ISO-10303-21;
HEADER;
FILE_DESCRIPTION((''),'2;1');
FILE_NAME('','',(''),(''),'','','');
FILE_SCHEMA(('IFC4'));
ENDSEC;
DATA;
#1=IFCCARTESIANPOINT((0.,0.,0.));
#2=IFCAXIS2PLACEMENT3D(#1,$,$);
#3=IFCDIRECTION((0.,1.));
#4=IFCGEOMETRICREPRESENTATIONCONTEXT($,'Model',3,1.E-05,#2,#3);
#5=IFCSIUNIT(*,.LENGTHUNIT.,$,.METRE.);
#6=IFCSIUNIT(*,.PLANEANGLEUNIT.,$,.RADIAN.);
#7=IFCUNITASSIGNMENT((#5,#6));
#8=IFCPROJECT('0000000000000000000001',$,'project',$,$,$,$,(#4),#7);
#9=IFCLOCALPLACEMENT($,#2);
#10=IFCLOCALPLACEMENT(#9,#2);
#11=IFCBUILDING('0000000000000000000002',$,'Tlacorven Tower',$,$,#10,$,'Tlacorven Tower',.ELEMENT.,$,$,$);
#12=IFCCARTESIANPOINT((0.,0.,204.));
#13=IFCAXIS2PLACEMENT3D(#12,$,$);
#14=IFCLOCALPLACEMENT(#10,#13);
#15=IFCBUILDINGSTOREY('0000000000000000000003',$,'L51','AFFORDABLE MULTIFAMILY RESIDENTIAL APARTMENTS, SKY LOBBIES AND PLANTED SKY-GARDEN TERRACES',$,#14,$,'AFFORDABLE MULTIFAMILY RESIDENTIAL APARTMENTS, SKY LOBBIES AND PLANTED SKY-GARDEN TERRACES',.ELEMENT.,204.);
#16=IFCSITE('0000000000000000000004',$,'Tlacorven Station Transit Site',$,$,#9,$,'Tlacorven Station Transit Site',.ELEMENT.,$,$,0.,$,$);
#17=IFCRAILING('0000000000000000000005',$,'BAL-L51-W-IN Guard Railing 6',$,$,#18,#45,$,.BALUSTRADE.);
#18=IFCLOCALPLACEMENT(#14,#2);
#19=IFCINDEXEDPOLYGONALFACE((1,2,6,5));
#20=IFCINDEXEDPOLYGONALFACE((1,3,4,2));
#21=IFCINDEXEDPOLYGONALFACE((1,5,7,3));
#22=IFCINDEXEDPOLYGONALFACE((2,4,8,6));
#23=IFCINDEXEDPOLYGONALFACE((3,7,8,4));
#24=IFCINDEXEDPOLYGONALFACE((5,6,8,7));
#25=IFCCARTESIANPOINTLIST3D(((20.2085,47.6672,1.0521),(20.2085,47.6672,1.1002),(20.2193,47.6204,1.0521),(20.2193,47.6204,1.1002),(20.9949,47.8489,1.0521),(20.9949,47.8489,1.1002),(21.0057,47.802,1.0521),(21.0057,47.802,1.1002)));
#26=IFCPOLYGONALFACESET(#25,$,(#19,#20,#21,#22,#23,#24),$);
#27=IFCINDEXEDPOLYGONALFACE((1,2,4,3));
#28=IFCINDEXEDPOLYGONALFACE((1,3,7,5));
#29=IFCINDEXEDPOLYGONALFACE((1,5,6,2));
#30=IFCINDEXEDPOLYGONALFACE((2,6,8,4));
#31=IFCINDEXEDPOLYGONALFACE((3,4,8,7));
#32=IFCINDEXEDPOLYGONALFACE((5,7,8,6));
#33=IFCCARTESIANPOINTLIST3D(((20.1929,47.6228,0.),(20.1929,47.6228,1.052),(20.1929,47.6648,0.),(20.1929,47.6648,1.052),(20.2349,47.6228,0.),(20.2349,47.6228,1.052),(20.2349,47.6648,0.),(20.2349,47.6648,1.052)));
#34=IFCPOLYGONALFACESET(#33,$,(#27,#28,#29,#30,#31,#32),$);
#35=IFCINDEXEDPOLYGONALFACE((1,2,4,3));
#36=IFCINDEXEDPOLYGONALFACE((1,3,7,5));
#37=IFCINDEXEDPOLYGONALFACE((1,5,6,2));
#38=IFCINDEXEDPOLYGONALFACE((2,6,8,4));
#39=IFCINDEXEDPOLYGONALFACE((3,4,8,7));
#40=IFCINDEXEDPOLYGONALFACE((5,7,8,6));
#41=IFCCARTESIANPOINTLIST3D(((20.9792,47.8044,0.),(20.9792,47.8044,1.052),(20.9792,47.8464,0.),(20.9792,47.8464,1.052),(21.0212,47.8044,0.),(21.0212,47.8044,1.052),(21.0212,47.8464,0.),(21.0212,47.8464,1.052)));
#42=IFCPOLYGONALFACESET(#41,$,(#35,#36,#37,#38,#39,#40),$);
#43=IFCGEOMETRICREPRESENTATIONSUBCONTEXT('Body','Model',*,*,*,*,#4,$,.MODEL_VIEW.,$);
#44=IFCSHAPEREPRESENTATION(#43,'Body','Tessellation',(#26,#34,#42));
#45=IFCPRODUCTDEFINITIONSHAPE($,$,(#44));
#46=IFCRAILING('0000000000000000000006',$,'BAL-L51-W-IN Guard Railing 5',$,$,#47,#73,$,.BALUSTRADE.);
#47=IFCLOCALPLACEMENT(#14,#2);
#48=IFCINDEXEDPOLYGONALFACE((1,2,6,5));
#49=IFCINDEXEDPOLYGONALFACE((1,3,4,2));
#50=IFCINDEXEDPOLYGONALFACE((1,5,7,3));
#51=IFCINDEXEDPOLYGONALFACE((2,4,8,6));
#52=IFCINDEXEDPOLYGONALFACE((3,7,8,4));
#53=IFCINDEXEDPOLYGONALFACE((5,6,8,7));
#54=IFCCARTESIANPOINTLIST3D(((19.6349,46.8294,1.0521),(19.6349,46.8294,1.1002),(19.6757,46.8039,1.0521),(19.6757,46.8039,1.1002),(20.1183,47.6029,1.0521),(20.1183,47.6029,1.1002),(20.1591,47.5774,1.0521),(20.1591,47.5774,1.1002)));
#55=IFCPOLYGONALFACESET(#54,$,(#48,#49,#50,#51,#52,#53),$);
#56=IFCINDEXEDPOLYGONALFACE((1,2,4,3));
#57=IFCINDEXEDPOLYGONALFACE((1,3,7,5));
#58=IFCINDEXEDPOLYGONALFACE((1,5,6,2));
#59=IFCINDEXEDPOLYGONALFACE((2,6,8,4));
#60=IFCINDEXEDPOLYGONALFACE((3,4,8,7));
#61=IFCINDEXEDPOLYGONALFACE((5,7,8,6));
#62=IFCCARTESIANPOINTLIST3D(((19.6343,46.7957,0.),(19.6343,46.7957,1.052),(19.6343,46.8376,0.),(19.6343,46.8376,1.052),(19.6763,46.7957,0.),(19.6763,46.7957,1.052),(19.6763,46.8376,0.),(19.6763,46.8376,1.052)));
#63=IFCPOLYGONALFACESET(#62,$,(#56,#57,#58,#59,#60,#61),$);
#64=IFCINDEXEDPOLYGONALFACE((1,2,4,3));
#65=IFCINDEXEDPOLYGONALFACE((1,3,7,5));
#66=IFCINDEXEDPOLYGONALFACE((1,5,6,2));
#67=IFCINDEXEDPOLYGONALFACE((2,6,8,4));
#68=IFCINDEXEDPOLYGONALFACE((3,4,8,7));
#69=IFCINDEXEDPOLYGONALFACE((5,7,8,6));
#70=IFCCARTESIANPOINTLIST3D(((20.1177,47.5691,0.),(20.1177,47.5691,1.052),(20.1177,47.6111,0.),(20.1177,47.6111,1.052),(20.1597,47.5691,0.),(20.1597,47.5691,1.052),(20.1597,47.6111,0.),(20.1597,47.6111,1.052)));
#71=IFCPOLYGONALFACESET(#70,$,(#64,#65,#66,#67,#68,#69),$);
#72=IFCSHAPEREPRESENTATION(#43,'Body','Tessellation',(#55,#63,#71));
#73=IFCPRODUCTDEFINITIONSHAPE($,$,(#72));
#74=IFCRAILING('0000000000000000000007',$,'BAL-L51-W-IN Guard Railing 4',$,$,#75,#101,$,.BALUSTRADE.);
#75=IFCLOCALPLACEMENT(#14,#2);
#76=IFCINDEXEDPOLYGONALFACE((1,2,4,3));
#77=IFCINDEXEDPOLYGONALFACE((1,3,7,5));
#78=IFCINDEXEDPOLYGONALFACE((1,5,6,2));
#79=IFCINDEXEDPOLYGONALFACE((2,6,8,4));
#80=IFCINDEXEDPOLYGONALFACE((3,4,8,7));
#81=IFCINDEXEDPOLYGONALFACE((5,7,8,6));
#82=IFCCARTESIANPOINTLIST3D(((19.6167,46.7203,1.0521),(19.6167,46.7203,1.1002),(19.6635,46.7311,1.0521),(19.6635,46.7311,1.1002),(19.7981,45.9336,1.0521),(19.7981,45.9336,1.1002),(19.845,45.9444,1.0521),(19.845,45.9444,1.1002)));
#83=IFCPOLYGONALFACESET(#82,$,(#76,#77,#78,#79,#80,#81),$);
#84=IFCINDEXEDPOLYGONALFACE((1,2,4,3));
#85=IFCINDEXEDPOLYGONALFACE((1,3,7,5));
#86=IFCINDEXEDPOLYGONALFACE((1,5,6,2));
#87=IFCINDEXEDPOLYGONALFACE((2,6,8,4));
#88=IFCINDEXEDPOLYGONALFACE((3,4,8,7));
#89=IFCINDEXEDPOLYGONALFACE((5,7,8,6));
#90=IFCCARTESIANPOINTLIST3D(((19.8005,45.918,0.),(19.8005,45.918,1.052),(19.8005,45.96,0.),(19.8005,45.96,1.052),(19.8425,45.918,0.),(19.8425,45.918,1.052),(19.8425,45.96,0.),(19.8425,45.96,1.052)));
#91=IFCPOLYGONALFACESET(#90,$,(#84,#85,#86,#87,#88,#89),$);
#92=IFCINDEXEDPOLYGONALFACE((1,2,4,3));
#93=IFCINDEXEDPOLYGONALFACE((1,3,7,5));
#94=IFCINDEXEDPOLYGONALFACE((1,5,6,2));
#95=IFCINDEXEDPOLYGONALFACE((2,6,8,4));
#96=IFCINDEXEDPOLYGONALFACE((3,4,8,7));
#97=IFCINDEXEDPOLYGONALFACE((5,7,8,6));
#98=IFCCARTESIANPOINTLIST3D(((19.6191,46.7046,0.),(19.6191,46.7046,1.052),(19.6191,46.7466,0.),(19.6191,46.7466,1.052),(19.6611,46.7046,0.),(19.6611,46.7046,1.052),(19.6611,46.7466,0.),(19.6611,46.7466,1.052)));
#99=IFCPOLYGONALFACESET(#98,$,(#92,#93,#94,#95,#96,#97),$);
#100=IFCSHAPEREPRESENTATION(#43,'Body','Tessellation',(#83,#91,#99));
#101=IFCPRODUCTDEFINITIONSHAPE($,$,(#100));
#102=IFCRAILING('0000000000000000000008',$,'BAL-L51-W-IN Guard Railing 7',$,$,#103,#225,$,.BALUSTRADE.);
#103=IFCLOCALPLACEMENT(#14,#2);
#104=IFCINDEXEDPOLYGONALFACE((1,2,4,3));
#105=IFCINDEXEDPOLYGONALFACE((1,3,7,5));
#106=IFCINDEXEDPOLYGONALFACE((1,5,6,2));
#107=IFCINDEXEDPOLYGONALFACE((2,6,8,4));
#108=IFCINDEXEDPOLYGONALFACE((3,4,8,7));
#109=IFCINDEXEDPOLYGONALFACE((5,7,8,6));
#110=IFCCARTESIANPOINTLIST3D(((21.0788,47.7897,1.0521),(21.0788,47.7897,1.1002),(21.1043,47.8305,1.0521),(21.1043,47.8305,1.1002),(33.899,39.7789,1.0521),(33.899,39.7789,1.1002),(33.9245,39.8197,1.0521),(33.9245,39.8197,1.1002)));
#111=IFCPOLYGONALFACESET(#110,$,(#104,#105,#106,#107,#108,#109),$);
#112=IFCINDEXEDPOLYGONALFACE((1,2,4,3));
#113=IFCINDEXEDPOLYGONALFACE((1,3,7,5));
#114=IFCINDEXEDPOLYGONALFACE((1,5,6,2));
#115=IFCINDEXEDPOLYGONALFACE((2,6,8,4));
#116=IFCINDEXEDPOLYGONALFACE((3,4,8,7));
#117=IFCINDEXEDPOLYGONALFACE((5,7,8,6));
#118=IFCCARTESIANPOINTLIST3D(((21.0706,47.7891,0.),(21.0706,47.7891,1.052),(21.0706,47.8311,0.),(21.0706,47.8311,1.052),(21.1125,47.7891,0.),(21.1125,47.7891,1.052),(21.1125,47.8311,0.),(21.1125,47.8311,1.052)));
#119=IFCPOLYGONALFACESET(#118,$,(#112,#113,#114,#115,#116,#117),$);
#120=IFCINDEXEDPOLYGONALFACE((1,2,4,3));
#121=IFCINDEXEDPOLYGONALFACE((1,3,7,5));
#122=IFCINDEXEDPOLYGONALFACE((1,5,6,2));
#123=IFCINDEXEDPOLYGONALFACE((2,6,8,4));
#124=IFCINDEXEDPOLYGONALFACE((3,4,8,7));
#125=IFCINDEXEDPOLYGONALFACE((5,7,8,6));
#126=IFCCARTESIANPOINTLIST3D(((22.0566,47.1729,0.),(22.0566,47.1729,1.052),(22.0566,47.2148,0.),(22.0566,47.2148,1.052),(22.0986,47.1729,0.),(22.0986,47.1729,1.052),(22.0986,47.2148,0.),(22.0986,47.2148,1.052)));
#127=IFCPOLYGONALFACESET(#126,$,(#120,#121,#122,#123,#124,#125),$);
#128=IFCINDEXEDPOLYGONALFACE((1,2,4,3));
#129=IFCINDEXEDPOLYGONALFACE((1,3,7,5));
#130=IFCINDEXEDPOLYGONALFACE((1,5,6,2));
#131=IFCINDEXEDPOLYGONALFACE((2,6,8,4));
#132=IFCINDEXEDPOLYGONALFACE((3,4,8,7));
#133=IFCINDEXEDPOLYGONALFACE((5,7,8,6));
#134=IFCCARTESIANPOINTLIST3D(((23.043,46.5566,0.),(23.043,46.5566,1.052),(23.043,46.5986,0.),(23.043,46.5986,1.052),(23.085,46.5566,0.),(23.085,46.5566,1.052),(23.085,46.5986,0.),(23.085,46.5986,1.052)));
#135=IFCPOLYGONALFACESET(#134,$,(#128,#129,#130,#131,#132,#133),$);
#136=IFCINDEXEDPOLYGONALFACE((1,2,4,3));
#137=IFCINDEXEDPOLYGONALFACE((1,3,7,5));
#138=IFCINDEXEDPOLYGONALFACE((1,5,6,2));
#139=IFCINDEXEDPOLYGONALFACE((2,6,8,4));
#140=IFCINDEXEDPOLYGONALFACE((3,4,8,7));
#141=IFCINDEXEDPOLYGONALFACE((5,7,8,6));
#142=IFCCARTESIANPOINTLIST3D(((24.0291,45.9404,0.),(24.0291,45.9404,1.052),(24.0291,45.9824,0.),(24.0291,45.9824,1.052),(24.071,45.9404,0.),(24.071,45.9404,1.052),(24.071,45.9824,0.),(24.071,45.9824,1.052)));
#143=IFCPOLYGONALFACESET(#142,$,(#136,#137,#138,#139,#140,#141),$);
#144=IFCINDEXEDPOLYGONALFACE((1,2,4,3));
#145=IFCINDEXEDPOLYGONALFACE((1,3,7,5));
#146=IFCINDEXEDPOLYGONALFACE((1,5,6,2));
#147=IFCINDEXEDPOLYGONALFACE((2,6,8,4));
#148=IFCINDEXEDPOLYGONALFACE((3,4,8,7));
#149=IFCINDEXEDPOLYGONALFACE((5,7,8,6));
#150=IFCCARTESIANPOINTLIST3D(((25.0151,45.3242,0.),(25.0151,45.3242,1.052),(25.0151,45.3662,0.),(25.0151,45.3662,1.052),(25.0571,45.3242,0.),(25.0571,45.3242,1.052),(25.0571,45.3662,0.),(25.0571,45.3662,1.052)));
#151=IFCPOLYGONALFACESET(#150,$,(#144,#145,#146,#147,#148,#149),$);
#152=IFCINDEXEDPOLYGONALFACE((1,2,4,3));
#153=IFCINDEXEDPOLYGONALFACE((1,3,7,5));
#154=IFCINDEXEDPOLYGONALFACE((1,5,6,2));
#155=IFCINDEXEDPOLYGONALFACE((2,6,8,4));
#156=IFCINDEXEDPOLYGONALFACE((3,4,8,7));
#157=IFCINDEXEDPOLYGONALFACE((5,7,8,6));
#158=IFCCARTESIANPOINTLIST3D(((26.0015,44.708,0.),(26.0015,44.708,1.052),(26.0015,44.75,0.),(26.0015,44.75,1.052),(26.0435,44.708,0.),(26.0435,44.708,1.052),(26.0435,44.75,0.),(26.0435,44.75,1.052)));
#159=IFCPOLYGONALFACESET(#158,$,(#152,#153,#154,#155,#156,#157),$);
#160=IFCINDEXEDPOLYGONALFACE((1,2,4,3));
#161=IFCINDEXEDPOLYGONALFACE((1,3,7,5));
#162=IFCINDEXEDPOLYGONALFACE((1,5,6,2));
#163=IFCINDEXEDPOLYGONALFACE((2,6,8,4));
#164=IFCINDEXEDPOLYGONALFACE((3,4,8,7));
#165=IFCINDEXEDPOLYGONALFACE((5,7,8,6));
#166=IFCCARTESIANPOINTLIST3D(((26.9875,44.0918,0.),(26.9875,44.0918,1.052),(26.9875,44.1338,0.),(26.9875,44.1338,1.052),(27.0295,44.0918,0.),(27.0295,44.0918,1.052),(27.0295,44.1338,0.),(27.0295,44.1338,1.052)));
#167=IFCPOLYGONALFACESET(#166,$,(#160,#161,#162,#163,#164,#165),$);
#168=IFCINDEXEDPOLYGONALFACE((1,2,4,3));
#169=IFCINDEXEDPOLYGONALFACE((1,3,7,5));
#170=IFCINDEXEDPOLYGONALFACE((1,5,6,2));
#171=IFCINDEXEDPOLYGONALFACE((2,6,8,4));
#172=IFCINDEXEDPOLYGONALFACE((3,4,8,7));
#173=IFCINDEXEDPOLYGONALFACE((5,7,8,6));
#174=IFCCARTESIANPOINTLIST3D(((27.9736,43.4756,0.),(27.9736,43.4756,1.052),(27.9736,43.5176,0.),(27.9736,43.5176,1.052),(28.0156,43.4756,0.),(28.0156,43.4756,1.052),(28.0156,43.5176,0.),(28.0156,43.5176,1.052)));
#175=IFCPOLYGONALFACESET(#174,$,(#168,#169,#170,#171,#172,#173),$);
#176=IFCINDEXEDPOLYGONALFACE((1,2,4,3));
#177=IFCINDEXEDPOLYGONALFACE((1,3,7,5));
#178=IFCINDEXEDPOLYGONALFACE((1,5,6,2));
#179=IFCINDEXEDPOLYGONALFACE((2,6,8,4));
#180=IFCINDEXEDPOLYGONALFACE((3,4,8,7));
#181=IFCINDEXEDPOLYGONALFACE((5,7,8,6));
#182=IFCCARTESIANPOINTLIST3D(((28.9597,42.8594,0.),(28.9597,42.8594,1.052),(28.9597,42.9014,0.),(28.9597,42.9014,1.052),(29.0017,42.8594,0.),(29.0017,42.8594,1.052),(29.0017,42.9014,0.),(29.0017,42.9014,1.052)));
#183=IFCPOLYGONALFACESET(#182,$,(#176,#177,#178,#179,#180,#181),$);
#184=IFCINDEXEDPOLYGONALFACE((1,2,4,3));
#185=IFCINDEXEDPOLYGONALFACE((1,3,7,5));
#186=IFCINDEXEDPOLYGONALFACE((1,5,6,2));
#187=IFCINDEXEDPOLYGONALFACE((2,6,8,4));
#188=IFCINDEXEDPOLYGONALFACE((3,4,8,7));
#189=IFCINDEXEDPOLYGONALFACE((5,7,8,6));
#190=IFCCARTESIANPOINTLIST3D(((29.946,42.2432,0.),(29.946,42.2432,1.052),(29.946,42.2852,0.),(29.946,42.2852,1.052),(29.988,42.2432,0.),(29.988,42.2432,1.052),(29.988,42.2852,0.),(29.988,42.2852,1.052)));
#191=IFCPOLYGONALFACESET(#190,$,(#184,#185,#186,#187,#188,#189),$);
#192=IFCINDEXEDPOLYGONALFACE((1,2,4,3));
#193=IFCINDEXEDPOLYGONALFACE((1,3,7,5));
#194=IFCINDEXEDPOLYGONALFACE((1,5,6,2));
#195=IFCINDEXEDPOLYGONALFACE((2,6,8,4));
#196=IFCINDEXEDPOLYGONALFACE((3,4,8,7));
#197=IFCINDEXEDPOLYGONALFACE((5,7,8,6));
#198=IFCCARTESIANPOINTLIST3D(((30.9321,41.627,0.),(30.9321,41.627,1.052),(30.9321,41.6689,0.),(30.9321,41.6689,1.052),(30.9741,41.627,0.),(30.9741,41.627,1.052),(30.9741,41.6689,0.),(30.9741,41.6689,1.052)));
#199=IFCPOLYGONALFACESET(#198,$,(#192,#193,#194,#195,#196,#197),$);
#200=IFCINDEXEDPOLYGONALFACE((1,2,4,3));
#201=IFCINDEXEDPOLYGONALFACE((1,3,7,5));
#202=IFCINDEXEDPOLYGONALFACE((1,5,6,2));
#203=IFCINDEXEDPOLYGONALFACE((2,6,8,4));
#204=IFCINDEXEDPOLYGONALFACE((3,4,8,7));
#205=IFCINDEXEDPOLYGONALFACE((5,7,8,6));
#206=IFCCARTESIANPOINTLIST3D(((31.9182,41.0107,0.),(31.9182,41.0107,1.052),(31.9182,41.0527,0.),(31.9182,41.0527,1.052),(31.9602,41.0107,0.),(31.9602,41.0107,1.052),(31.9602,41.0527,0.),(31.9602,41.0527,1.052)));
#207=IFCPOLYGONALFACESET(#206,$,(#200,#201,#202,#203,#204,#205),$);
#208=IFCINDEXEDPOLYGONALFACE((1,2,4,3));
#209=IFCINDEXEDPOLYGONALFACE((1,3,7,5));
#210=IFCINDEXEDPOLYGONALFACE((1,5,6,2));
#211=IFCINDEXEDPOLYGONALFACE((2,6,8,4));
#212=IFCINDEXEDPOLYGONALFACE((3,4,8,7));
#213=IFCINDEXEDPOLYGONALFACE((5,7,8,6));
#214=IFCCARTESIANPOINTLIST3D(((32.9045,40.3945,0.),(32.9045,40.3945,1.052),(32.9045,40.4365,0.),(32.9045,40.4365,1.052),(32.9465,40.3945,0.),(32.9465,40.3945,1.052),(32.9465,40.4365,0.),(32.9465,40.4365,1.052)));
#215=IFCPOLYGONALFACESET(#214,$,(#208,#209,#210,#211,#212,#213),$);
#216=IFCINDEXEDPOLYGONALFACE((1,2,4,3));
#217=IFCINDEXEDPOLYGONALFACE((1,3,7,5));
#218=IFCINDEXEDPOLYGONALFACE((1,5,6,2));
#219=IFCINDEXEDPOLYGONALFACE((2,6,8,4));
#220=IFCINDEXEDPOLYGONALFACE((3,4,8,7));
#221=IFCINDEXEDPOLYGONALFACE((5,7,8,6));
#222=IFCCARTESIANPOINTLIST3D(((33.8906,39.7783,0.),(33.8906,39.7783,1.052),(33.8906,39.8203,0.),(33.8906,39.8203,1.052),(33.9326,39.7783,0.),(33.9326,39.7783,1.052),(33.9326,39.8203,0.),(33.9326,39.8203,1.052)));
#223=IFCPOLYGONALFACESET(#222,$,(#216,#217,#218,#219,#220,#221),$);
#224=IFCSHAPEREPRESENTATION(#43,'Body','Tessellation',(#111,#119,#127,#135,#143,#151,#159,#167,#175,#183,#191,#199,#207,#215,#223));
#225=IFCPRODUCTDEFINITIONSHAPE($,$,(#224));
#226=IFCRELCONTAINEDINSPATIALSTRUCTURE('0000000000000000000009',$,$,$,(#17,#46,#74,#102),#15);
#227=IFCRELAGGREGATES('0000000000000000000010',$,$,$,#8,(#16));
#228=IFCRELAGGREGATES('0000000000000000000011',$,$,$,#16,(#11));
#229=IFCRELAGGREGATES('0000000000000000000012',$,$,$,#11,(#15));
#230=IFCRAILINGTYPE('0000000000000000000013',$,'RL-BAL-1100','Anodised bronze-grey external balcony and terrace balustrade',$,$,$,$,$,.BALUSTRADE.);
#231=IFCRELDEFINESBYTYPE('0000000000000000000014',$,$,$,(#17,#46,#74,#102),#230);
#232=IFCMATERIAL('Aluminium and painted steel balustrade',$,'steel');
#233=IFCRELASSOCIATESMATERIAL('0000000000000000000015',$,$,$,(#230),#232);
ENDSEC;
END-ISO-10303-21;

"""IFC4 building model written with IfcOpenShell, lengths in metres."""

from ifc_helpers import new_model, si_unit, direction, frame, origin, origin_2d, place, context, subcontext, project, spatial, rectangle, extrude, source, transform, mapped, material, type_object, element, save


model = new_model("IFC4")

# Units and contexts
model_context = context("Model", 3, precision=1e-05, world=origin(), true_north=direction((0.0, 1.0)))
body_context = subcontext(model_context, "Body", "Model", "MODEL_VIEW")
ifc_project = project(units=[si_unit("LENGTHUNIT", "METRE"), si_unit("PLANEANGLEUNIT", "RADIAN")], contexts=[model_context])

# Site, building, storey
site_placement = place(None, origin())
site = spatial("IfcSite", under=ifc_project, at=site_placement, Name="Tlacorven Station Transit Site", LongName="Tlacorven Station Transit Site", CompositionType="ELEMENT", RefElevation=0.0)
building_placement = place(site_placement, origin())
building = spatial("IfcBuilding", under=site, at=building_placement, Name="Tlacorven Tower", LongName="Tlacorven Tower", CompositionType="ELEMENT")
storey_placement = place(building_placement, frame((0.0, 0.0, 204.0)))
storey = spatial("IfcBuildingStorey", under=building, at=storey_placement, Name="L51", Description="AFFORDABLE MULTIFAMILY RESIDENTIAL APARTMENTS, SKY LOBBIES AND PLANTED SKY-GARDEN TERRACES", LongName="AFFORDABLE MULTIFAMILY RESIDENTIAL APARTMENTS, SKY LOBBIES AND PLANTED SKY-GARDEN TERRACES", CompositionType="ELEMENT", Elevation=204.0)

# Railings
ifc_material_1 = material(Name="Aluminium and painted steel balustrade", Category="steel")
railing_type = type_object("IfcRailingType", Name="RL-BAL-1100", Description="Anodised bronze-grey external balcony and terrace balustrade", PredefinedType="BALUSTRADE", material=ifc_material_1)
shared_shape_1 = source(origin(), body_context, "Body", "SweptSolid", [
    extrude(rectangle(XDim=0.0481, YDim=0.0481, at=origin_2d()), frame((0.0, 0.0, 1.0762), z_axis=(0.974345, 0.225058, 0.0), x_axis=(-0.225058, 0.974345, 0.0)), (0.0, 0.0, 1.0), 0.8071),
    extrude(rectangle(XDim=0.042, YDim=0.042, at=origin_2d()), origin(), (0.0, 0.0, 1.0), 1.052),
    extrude(rectangle(XDim=0.042, YDim=0.042, at=origin_2d()), frame((0.7864, 0.1816, 0.0)), (0.0, 0.0, 1.0), 1.052),
])
railing_1_placement = place(storey_placement, frame((20.2139, 47.6438, 0.0)))
element("IfcRailing", 1, at=railing_1_placement, inside=storey, type_object=railing_type, Name="BAL-L51-W-IN Guard Railing 6", PredefinedType="BALUSTRADE", context=body_context, shape_type="MappedRepresentation", body=[
    mapped(shared_shape_1, transform((0.0, 0.0, 0.0), scale=1.0)),
])
shared_shape_2 = source(origin(), body_context, "Body", "SweptSolid", [
    extrude(rectangle(XDim=0.0481, YDim=0.0481, at=origin_2d()), frame((0.0, 0.0, 1.0762), z_axis=(0.529999, 0.847998, 0.0), x_axis=(-0.847998, 0.529999, 0.0)), (0.0, 0.0, 1.0), 0.9121),
    extrude(rectangle(XDim=0.042, YDim=0.042, at=origin_2d()), origin(), (0.0, 0.0, 1.0), 1.052),
    extrude(rectangle(XDim=0.042, YDim=0.042, at=origin_2d()), frame((0.4834, 0.7734, 0.0)), (0.0, 0.0, 1.0), 1.052),
])
railing_2_placement = place(storey_placement, frame((19.6553, 46.8167, 0.0)))
element("IfcRailing", 2, at=railing_2_placement, inside=storey, type_object=railing_type, Name="BAL-L51-W-IN Guard Railing 5", PredefinedType="BALUSTRADE", context=body_context, shape_type="MappedRepresentation", body=[
    mapped(shared_shape_2, transform((0.0, 0.0, 0.0), scale=1.0)),
])
shared_shape_3 = source(origin(), body_context, "Body", "SweptSolid", [
    extrude(rectangle(XDim=0.0481, YDim=0.0481, at=origin_2d()), frame((0.0, 0.0, 1.0762), z_axis=(-0.224705, 0.974427, 0.0), x_axis=(-0.974427, -0.224705, 0.0)), (0.0, 0.0, 1.0), 0.8074),
    extrude(rectangle(XDim=0.042, YDim=0.042, at=origin_2d()), origin(), (0.0, 0.0, 1.0), 1.052),
    extrude(rectangle(XDim=0.042, YDim=0.042, at=origin_2d()), frame((-0.1814, 0.7866, 0.0)), (0.0, 0.0, 1.0), 1.052),
])
railing_3_placement = place(storey_placement, frame((19.8215, 45.939, 0.0)))
element("IfcRailing", 3, at=railing_3_placement, inside=storey, type_object=railing_type, Name="BAL-L51-W-IN Guard Railing 4", PredefinedType="BALUSTRADE", context=body_context, shape_type="MappedRepresentation", body=[
    mapped(shared_shape_3, transform((0.0, 0.0, 0.0), scale=1.0)),
])
shared_shape_4 = source(origin(), body_context, "Body", "SweptSolid", [
    extrude(rectangle(XDim=0.0481, YDim=0.0481, at=origin_2d()), frame((0.0, 0.0, 1.0762), z_axis=(0.848052, -0.529913, 0.0), x_axis=(0.529913, 0.848052, 0.0)), (0.0, 0.0, 1.0), 15.1172),
    extrude(rectangle(XDim=0.042, YDim=0.042, at=origin_2d()), origin(), (0.0, 0.0, 1.0), 1.052),
    extrude(rectangle(XDim=0.042, YDim=0.042, at=origin_2d()), frame((0.9861, -0.6162, 0.0)), (0.0, 0.0, 1.0), 1.052),
    extrude(rectangle(XDim=0.042, YDim=0.042, at=origin_2d()), frame((1.9724, -1.2324, 0.0)), (0.0, 0.0, 1.0), 1.052),
    extrude(rectangle(XDim=0.042, YDim=0.042, at=origin_2d()), frame((2.9585, -1.8486, 0.0)), (0.0, 0.0, 1.0), 1.052),
    extrude(rectangle(XDim=0.042, YDim=0.042, at=origin_2d()), frame((3.9446, -2.4648, 0.0)), (0.0, 0.0, 1.0), 1.052),
    extrude(rectangle(XDim=0.042, YDim=0.042, at=origin_2d()), frame((4.9309, -3.0811, 0.0)), (0.0, 0.0, 1.0), 1.052),
    extrude(rectangle(XDim=0.042, YDim=0.042, at=origin_2d()), frame((5.917, -3.6973, 0.0)), (0.0, 0.0, 1.0), 1.052),
    extrude(rectangle(XDim=0.042, YDim=0.042, at=origin_2d()), frame((6.9031, -4.3135, 0.0)), (0.0, 0.0, 1.0), 1.052),
    extrude(rectangle(XDim=0.042, YDim=0.042, at=origin_2d()), frame((7.8892, -4.9297, 0.0)), (0.0, 0.0, 1.0), 1.052),
    extrude(rectangle(XDim=0.042, YDim=0.042, at=origin_2d()), frame((8.8755, -5.5459, 0.0)), (0.0, 0.0, 1.0), 1.052),
    extrude(rectangle(XDim=0.042, YDim=0.042, at=origin_2d()), frame((9.8616, -6.1621, 0.0)), (0.0, 0.0, 1.0), 1.052),
    extrude(rectangle(XDim=0.042, YDim=0.042, at=origin_2d()), frame((10.8477, -6.7783, 0.0)), (0.0, 0.0, 1.0), 1.052),
    extrude(rectangle(XDim=0.042, YDim=0.042, at=origin_2d()), frame((11.834, -7.3945, 0.0)), (0.0, 0.0, 1.0), 1.052),
    extrude(rectangle(XDim=0.042, YDim=0.042, at=origin_2d()), frame((12.8201, -8.0107, 0.0)), (0.0, 0.0, 1.0), 1.052),
])
railing_4_placement = place(storey_placement, frame((21.0916, 47.8101, 0.0)))
element("IfcRailing", 4, at=railing_4_placement, inside=storey, type_object=railing_type, Name="BAL-L51-W-IN Guard Railing 7", PredefinedType="BALUSTRADE", context=body_context, shape_type="MappedRepresentation", body=[
    mapped(shared_shape_4, transform((0.0, 0.0, 0.0), scale=1.0)),
])

save(model, "model.ifc")
